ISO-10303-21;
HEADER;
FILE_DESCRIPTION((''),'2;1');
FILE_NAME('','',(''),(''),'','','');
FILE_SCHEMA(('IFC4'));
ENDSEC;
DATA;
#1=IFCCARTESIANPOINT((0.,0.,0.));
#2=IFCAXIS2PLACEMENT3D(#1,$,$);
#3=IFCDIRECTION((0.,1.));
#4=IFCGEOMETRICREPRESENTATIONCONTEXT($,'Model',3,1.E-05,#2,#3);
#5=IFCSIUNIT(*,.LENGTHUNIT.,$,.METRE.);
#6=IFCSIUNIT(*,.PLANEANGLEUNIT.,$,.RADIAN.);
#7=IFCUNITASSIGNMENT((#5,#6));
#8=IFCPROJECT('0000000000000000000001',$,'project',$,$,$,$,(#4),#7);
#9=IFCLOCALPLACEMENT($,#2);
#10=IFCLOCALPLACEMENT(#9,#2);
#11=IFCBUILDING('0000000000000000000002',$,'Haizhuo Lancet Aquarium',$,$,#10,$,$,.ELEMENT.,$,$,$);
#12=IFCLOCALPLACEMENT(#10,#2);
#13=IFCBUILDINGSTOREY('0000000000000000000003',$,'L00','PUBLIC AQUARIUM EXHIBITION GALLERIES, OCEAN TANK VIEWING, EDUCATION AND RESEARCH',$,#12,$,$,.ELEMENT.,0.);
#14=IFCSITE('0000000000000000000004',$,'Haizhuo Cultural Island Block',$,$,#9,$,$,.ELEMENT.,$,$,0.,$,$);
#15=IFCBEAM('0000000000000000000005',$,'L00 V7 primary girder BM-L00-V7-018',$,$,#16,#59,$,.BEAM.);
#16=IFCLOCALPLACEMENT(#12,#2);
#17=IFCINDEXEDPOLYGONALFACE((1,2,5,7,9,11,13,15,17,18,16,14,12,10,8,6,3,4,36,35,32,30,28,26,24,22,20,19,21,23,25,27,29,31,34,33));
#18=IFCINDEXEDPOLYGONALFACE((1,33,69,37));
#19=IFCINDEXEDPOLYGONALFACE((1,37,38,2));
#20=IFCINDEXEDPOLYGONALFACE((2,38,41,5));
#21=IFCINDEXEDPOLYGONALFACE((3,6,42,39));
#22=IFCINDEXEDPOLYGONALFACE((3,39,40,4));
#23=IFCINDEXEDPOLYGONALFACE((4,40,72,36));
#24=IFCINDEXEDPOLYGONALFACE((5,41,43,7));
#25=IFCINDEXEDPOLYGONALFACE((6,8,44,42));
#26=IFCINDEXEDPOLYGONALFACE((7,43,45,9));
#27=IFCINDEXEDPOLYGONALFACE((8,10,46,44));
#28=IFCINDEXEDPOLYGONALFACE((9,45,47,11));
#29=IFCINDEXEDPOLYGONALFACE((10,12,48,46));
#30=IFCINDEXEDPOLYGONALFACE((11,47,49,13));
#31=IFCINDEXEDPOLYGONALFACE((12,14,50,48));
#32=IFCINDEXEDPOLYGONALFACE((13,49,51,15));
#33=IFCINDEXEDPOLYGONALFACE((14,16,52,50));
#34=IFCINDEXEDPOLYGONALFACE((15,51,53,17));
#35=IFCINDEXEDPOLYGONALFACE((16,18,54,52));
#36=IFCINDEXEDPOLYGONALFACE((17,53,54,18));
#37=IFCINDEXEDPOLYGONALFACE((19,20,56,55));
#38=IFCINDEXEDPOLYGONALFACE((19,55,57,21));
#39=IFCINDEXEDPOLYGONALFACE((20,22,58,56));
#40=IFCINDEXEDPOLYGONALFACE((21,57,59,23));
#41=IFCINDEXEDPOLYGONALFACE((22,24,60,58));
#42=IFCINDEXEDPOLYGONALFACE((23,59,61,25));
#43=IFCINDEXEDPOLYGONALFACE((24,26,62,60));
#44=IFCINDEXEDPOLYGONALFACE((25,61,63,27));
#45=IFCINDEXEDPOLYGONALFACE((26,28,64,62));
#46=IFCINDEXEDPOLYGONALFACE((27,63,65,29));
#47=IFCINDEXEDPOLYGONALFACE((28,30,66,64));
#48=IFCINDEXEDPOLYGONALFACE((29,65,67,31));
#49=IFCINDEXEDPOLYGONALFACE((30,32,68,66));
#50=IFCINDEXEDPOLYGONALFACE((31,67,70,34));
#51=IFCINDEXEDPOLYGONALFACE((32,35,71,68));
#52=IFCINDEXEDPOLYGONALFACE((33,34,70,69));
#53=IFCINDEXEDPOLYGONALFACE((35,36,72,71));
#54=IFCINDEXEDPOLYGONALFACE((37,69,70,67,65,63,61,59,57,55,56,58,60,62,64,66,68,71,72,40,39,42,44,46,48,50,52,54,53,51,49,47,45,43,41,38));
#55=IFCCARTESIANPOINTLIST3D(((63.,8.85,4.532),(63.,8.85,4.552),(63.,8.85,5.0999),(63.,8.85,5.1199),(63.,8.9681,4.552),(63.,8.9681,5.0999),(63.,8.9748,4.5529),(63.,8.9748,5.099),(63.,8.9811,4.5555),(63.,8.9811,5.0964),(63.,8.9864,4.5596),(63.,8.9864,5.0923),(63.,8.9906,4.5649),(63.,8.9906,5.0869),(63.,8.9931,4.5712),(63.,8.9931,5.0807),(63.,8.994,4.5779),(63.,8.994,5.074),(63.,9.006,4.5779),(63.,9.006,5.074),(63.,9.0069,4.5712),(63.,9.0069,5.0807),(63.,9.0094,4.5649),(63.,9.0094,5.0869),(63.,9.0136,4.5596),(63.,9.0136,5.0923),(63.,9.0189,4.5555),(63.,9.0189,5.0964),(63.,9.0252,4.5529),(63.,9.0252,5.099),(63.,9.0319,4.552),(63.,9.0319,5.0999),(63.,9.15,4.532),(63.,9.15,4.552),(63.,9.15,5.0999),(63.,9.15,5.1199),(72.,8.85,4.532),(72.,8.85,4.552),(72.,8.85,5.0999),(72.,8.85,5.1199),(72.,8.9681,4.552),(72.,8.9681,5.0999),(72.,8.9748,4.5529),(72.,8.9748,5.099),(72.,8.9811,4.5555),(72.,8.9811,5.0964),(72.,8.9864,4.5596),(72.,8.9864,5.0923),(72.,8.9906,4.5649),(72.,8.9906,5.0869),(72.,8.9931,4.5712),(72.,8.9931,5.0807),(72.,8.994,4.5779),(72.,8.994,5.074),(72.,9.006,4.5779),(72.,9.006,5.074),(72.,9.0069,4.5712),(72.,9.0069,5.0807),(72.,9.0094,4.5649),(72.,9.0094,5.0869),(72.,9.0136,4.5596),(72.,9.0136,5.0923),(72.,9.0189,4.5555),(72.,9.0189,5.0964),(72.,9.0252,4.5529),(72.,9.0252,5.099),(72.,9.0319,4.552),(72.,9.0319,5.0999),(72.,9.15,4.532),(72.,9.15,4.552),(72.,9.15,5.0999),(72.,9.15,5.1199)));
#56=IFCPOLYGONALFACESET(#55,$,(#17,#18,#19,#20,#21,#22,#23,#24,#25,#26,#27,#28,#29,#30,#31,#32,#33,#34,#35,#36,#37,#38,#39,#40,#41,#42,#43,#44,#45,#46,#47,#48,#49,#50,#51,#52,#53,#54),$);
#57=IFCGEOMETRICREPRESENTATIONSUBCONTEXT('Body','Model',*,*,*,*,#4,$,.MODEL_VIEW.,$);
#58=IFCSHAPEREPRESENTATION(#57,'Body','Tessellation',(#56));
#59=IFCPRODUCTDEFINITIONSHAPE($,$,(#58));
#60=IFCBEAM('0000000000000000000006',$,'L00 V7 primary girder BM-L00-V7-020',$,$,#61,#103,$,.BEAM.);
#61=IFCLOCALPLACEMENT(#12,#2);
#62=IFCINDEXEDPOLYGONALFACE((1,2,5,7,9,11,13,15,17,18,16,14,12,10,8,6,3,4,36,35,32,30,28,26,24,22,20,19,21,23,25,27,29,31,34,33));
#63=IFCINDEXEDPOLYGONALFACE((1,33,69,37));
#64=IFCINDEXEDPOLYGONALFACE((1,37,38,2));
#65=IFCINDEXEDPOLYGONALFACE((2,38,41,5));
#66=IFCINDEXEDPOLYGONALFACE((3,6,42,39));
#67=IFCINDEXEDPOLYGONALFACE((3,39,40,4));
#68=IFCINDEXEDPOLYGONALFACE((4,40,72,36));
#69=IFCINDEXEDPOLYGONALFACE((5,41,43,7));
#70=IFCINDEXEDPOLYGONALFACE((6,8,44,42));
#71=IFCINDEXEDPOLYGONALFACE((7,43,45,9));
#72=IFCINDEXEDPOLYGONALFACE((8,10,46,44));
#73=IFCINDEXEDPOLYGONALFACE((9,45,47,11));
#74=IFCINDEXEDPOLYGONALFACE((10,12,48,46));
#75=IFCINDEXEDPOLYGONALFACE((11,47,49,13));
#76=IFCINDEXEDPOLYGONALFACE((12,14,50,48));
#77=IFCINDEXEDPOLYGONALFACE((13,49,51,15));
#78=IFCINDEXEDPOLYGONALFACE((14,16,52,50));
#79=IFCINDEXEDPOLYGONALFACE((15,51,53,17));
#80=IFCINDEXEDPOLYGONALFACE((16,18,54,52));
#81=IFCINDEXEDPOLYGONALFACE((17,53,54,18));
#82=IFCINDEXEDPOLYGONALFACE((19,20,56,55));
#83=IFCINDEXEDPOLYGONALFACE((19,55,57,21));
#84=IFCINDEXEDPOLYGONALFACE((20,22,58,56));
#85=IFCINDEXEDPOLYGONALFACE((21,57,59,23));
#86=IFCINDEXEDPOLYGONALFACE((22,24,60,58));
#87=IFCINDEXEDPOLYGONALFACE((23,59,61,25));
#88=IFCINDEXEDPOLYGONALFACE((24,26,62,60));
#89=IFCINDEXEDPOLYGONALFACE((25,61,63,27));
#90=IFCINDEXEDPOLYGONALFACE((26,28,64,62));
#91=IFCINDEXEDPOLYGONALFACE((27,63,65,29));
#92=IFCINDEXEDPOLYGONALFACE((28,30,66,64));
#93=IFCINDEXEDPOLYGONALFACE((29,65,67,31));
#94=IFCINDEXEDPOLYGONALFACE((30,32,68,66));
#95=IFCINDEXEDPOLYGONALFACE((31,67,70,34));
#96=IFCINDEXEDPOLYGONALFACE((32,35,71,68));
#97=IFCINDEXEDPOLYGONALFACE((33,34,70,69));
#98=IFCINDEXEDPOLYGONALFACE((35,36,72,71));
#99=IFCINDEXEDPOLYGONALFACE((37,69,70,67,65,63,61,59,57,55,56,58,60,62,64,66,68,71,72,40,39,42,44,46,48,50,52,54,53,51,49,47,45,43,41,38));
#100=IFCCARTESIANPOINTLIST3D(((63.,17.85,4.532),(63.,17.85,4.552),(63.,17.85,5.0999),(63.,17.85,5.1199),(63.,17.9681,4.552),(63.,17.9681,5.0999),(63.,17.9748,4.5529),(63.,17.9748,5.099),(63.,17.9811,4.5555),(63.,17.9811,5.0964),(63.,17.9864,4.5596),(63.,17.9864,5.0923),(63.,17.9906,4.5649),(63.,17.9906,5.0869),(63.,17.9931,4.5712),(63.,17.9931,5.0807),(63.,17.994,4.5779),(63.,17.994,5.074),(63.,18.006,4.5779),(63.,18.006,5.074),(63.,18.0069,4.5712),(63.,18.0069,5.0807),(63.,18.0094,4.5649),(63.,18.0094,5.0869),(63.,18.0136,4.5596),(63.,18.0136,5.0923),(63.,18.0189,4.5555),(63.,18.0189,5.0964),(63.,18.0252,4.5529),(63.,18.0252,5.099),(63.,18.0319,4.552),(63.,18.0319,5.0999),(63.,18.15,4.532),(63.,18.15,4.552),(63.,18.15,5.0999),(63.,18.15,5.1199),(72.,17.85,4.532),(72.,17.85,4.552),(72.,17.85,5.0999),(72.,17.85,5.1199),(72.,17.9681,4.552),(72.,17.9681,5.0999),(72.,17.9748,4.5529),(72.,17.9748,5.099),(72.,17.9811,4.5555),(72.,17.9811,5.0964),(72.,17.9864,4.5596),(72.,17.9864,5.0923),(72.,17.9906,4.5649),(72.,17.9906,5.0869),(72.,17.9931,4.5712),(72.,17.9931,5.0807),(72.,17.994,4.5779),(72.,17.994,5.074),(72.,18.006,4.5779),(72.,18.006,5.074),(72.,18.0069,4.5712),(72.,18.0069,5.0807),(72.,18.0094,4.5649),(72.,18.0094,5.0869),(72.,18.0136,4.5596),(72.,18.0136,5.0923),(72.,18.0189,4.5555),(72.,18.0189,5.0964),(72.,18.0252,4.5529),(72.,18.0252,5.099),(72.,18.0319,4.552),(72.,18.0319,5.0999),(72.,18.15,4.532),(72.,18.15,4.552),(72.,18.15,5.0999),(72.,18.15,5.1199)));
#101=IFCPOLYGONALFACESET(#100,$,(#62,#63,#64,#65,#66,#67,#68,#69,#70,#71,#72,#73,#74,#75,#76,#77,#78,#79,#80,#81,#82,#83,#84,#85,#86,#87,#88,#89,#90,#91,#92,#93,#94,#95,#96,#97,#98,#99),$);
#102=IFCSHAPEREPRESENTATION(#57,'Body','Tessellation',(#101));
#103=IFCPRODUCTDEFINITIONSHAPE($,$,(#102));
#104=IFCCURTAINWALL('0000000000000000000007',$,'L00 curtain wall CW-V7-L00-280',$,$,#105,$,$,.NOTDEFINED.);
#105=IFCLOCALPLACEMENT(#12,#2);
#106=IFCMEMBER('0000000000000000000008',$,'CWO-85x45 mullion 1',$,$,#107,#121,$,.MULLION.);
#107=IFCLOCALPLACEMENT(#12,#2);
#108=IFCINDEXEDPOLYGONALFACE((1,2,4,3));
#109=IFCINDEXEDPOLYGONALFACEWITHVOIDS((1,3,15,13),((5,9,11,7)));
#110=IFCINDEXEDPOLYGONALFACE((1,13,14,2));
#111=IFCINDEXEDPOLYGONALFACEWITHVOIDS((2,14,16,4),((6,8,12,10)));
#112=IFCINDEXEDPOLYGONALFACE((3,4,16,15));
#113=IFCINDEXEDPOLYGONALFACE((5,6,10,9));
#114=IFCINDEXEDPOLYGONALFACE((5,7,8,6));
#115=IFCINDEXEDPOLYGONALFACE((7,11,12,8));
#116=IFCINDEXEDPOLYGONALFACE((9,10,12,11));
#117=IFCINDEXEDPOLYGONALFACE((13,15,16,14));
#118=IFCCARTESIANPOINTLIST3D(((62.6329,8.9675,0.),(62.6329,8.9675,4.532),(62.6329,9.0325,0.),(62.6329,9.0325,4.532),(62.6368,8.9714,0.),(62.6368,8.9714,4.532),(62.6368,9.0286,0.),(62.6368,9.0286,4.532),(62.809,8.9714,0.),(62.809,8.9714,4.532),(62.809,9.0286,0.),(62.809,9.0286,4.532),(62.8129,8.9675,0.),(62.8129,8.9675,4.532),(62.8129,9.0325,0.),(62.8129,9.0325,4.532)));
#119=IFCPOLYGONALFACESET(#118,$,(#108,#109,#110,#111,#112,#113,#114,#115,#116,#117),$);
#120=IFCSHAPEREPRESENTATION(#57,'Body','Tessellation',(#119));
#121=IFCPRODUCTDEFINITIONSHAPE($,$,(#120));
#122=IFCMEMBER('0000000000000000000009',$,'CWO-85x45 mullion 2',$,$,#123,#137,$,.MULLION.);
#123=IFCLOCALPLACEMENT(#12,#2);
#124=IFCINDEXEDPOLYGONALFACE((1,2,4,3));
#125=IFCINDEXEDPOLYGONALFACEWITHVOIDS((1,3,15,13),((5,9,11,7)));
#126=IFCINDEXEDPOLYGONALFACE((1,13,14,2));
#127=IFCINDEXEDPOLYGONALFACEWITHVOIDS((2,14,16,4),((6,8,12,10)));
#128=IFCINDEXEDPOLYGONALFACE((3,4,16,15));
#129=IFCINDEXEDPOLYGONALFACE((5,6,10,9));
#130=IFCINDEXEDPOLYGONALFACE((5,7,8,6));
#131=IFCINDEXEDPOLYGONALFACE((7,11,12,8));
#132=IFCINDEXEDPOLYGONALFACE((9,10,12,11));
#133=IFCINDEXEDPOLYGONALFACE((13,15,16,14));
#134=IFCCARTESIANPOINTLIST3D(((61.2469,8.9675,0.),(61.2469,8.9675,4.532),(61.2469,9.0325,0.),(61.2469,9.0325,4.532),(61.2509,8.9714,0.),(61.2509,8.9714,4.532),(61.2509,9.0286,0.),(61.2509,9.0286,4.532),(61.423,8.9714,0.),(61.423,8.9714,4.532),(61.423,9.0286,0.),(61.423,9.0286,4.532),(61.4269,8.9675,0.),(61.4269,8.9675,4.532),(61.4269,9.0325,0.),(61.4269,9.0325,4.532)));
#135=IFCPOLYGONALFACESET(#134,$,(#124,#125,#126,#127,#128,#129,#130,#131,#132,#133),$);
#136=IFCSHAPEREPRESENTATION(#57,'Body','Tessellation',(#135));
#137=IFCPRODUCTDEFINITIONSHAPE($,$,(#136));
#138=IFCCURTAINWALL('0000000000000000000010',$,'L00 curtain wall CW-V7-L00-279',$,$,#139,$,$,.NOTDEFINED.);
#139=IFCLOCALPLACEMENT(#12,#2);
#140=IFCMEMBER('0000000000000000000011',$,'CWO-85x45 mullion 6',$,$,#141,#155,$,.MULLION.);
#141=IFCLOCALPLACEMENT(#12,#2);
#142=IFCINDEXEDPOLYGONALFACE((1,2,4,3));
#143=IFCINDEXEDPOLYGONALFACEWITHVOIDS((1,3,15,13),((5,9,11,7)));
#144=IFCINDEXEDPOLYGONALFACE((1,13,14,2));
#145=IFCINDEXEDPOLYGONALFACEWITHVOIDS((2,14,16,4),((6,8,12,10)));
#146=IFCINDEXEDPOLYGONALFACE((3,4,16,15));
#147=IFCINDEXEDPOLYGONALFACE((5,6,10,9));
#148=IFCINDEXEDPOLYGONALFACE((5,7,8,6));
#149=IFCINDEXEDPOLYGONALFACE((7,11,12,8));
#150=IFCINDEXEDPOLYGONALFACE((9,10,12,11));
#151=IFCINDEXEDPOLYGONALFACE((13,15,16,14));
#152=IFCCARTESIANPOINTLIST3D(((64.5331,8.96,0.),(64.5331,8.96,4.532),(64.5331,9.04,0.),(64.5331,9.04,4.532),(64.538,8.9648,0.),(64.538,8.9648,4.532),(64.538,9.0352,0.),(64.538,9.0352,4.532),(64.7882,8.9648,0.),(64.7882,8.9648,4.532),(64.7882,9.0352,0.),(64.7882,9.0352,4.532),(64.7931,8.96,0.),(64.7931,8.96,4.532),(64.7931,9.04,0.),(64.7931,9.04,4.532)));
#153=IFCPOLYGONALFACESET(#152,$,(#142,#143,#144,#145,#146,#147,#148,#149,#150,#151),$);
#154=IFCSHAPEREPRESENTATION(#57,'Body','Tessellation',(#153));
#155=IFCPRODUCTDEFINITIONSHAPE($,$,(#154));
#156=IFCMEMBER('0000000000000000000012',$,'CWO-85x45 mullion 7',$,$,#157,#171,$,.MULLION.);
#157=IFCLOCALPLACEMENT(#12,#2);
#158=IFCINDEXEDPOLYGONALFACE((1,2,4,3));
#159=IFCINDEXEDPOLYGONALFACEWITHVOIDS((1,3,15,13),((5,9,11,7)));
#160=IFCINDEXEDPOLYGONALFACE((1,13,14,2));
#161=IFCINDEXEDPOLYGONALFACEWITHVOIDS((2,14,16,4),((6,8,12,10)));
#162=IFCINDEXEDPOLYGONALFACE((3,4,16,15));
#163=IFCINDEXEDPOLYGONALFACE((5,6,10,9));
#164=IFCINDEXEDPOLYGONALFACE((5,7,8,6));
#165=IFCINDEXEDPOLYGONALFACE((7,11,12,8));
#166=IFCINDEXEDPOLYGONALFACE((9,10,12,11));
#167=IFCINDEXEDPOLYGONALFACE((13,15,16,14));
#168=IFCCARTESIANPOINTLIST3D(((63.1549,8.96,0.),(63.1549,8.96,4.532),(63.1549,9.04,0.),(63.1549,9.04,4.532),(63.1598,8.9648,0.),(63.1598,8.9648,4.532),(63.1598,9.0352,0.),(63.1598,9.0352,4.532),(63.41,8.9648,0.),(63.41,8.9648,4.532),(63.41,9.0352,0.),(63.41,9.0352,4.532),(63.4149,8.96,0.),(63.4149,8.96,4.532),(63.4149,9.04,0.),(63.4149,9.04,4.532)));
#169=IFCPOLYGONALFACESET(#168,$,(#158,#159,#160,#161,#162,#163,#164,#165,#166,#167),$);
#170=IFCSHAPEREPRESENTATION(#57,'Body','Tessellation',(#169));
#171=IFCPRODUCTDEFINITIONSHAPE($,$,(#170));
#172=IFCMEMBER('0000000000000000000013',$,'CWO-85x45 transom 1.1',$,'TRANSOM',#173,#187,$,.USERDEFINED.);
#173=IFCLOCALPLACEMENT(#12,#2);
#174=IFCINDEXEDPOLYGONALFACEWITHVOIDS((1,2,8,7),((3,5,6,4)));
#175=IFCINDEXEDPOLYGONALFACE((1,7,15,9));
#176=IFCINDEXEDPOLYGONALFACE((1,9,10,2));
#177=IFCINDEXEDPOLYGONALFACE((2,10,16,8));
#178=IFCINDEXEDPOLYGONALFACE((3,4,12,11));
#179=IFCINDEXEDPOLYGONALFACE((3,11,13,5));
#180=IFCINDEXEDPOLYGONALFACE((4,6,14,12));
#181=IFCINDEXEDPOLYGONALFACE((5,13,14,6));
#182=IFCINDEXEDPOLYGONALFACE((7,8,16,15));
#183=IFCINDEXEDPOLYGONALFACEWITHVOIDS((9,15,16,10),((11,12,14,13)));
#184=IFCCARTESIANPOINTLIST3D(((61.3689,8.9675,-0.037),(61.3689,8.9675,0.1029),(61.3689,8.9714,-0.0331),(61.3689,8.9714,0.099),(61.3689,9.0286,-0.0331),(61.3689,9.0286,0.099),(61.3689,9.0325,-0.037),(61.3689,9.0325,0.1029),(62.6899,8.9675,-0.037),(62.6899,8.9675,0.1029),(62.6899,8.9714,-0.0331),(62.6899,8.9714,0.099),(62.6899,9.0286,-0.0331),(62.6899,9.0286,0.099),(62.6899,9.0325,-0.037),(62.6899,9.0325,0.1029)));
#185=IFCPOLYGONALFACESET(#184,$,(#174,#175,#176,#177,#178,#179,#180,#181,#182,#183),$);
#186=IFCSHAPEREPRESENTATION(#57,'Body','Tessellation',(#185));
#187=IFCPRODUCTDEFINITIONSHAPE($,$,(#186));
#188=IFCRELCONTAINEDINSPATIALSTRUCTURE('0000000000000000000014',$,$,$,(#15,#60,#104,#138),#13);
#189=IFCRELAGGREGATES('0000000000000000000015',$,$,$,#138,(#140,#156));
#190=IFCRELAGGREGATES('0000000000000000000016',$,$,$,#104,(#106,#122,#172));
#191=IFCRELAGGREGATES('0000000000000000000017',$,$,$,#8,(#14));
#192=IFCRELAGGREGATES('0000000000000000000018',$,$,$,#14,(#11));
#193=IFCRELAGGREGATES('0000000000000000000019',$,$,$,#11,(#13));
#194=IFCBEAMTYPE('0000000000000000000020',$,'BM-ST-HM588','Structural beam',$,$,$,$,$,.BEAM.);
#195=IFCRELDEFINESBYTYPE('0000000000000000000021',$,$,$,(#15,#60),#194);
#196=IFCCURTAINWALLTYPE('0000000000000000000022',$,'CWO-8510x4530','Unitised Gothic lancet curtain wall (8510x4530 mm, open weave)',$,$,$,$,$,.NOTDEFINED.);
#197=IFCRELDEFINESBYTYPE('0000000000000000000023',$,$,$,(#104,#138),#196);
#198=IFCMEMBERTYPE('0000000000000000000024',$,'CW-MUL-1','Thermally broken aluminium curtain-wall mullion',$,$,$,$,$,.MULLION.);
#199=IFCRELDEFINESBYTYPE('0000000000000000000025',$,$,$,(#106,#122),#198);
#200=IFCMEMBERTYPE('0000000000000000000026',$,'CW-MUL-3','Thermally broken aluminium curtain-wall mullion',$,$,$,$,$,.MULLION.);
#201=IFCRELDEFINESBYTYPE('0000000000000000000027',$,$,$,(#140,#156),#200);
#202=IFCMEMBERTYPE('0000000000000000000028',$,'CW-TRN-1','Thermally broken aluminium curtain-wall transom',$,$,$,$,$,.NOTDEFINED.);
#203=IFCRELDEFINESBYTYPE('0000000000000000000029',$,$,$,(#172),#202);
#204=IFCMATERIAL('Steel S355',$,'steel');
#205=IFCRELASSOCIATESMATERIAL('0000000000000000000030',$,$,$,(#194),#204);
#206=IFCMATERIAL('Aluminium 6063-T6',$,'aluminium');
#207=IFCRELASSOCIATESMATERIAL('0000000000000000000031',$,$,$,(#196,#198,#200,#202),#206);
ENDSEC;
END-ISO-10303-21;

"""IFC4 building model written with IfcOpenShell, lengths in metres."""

from ifc_helpers import new_model, si_unit, direction, frame, origin, origin_2d, place, context, subcontext, project, spatial, hollow_rectangle, i_section, extrude, material, material_profile, profile_set, type_object, element, aggregate, save


model = new_model("IFC4")

# Units and contexts
model_context = context("Model", 3, precision=1e-05, world=origin(), true_north=direction((0.0, 1.0)))
body_context = subcontext(model_context, "Body", "Model", "MODEL_VIEW")
ifc_project = project(units=[si_unit("LENGTHUNIT", "METRE"), si_unit("PLANEANGLEUNIT", "RADIAN")], contexts=[model_context])

# Site, building, storey
site_placement = place(None, origin())
site = spatial("IfcSite", under=ifc_project, at=site_placement, Name="Haizhuo Cultural Island Block", CompositionType="ELEMENT", RefElevation=0.0)
building_placement = place(site_placement, origin())
building = spatial("IfcBuilding", under=site, at=building_placement, Name="Haizhuo Lancet Aquarium", CompositionType="ELEMENT")
storey_placement = place(building_placement, origin())
storey = spatial("IfcBuildingStorey", under=building, at=storey_placement, Name="L00", Description="PUBLIC AQUARIUM EXHIBITION GALLERIES, OCEAN TANK VIEWING, EDUCATION AND RESEARCH", CompositionType="ELEMENT", Elevation=0.0)

# Shared definitions
ifc_material_1 = material(Name="Steel S355", Category="steel")

# Beams
ifc_material_profile_1 = material_profile(ifc_material_1, i_section(OverallWidth=0.3, OverallDepth=0.5879, WebThickness=0.012, FlangeThickness=0.02, FilletRadius=0.0259, at=origin_2d()), Name="HM 588x300x12x20")
ifc_profile_set_1 = profile_set([ifc_material_profile_1], Name="Steel S355")
beam_type_1 = type_object("IfcBeamType", Name="BM-ST-HM588", Description="Structural beam", PredefinedType="BEAM", material=ifc_profile_set_1)
for number, where, z_axis, x_axis, name in (
    (1, (63.0, 9.0, 4.8259), (1.0, 0.0, 0.0), (0.0, 1.0, 0.0), "L00 V7 primary girder BM-L00-V7-018"),
    (2, (63.0, 18.0, 4.8259), (1.0, 0.0, 0.0), (0.0, 1.0, 0.0), "L00 V7 primary girder BM-L00-V7-020"),
):
    element("IfcBeam", number, at=place(storey_placement, frame(where, z_axis=z_axis, x_axis=x_axis)), inside=storey, type_object=beam_type_1, Name=name, PredefinedType="BEAM", context=body_context, shape_type="SweptSolid", body=[
        extrude(i_section(OverallWidth=0.3, OverallDepth=0.5879, WebThickness=0.012, FlangeThickness=0.02, FilletRadius=0.0259, at=origin_2d()), origin(), (0.0, 0.0, 1.0), 9.0),
    ])

# Curtain walls, members
ifc_material_2 = material(Name="Aluminium 6063-T6", Category="aluminium")
curtain_wall_type = type_object("IfcCurtainWallType", Name="CWO-8510x4530", Description="Unitised Gothic lancet curtain wall (8510x4530 mm, open weave)", PredefinedType="NOTDEFINED", material=ifc_material_2)
curtain_wall_1_placement = place(storey_placement, origin())
curtain_wall_1 = element("IfcCurtainWall", 3, at=curtain_wall_1_placement, inside=storey, type_object=curtain_wall_type, Name="L00 curtain wall CW-V7-L00-280", PredefinedType="NOTDEFINED")
ifc_material_profile_2 = material_profile(ifc_material_2, hollow_rectangle(XDim=0.0649, YDim=0.1799, WallThickness=0.0039, at=origin_2d()), Name="ALU-M 65x180x4")
ifc_profile_set_2 = profile_set([ifc_material_profile_2], Name="Aluminium 6063-T6")
member_type_1 = type_object("IfcMemberType", Name="CW-MUL-1", Description="Thermally broken aluminium curtain-wall mullion", PredefinedType="MULLION", material=ifc_profile_set_2)
member_1_placement = place(storey_placement, frame((62.7229, 9.0, 0.0), z_axis=(0.0, 0.0, 1.0), x_axis=(0.0, -1.0, 0.0)))
member_1 = element("IfcMember", 4, at=member_1_placement, type_object=member_type_1, Name="CWO-85x45 mullion 1", PredefinedType="MULLION", context=body_context, shape_type="SweptSolid", body=[
    extrude(hollow_rectangle(XDim=0.0649, YDim=0.1799, WallThickness=0.0039, at=origin_2d()), origin(), (0.0, 0.0, 1.0), 4.532),
])
member_2_placement = place(storey_placement, frame((61.3369, 9.0, 0.0), z_axis=(0.0, 0.0, 1.0), x_axis=(0.0, -1.0, 0.0)))
member_2 = element("IfcMember", 5, at=member_2_placement, type_object=member_type_1, Name="CWO-85x45 mullion 2", PredefinedType="MULLION", context=body_context, shape_type="SweptSolid", body=[
    extrude(hollow_rectangle(XDim=0.0649, YDim=0.1799, WallThickness=0.0039, at=origin_2d()), origin(), (0.0, 0.0, 1.0), 4.532),
])
curtain_wall_2_placement = place(storey_placement, origin())
curtain_wall_2 = element("IfcCurtainWall", 6, at=curtain_wall_2_placement, inside=storey, type_object=curtain_wall_type, Name="L00 curtain wall CW-V7-L00-279", PredefinedType="NOTDEFINED")
ifc_material_profile_3 = material_profile(ifc_material_2, hollow_rectangle(XDim=0.0801, YDim=0.26, WallThickness=0.0049, at=origin_2d()), Name="ALU-M 80x260x5")
ifc_profile_set_3 = profile_set([ifc_material_profile_3], Name="Aluminium 6063-T6")
member_type_2 = type_object("IfcMemberType", Name="CW-MUL-3", Description="Thermally broken aluminium curtain-wall mullion", PredefinedType="MULLION", material=ifc_profile_set_3)
member_3_placement = place(storey_placement, frame((64.6631, 9.0, 0.0), z_axis=(0.0, 0.0, 1.0), x_axis=(0.0, -1.0, 0.0)))
member_3 = element("IfcMember", 7, at=member_3_placement, type_object=member_type_2, Name="CWO-85x45 mullion 6", PredefinedType="MULLION", context=body_context, shape_type="SweptSolid", body=[
    extrude(hollow_rectangle(XDim=0.0801, YDim=0.26, WallThickness=0.0049, at=origin_2d()), origin(), (0.0, 0.0, 1.0), 4.532),
])
member_4_placement = place(storey_placement, frame((63.2849, 9.0, 0.0), z_axis=(0.0, 0.0, 1.0), x_axis=(0.0, -1.0, 0.0)))
member_4 = element("IfcMember", 8, at=member_4_placement, type_object=member_type_2, Name="CWO-85x45 mullion 7", PredefinedType="MULLION", context=body_context, shape_type="SweptSolid", body=[
    extrude(hollow_rectangle(XDim=0.0801, YDim=0.26, WallThickness=0.0049, at=origin_2d()), origin(), (0.0, 0.0, 1.0), 4.532),
])

# Member
ifc_material_profile_4 = material_profile(ifc_material_2, hollow_rectangle(XDim=0.0649, YDim=0.1399, WallThickness=0.0039, at=origin_2d()), Name="ALU-T 65x140x4")
ifc_profile_set_4 = profile_set([ifc_material_profile_4], Name="Aluminium 6063-T6")
member_type_3 = type_object("IfcMemberType", Name="CW-TRN-1", Description="Thermally broken aluminium curtain-wall transom", PredefinedType="NOTDEFINED", material=ifc_profile_set_4)
member_5_placement = place(storey_placement, frame((62.6899, 9.0, 0.033), z_axis=(-1.0, 0.0, 0.0), x_axis=(0.0, -1.0, 0.0)))
member_5 = element("IfcMember", 9, at=member_5_placement, type_object=member_type_3, Name="CWO-85x45 transom 1.1", ObjectType="TRANSOM", PredefinedType="USERDEFINED", context=body_context, shape_type="SweptSolid", body=[
    extrude(hollow_rectangle(XDim=0.0649, YDim=0.1399, WallThickness=0.0039, at=origin_2d()), origin(), (0.0, 0.0, 1.0), 1.321),
])

aggregate(curtain_wall_2, [member_3, member_4])
aggregate(curtain_wall_1, [member_1, member_2, member_5])

save(model, "model.ifc")
